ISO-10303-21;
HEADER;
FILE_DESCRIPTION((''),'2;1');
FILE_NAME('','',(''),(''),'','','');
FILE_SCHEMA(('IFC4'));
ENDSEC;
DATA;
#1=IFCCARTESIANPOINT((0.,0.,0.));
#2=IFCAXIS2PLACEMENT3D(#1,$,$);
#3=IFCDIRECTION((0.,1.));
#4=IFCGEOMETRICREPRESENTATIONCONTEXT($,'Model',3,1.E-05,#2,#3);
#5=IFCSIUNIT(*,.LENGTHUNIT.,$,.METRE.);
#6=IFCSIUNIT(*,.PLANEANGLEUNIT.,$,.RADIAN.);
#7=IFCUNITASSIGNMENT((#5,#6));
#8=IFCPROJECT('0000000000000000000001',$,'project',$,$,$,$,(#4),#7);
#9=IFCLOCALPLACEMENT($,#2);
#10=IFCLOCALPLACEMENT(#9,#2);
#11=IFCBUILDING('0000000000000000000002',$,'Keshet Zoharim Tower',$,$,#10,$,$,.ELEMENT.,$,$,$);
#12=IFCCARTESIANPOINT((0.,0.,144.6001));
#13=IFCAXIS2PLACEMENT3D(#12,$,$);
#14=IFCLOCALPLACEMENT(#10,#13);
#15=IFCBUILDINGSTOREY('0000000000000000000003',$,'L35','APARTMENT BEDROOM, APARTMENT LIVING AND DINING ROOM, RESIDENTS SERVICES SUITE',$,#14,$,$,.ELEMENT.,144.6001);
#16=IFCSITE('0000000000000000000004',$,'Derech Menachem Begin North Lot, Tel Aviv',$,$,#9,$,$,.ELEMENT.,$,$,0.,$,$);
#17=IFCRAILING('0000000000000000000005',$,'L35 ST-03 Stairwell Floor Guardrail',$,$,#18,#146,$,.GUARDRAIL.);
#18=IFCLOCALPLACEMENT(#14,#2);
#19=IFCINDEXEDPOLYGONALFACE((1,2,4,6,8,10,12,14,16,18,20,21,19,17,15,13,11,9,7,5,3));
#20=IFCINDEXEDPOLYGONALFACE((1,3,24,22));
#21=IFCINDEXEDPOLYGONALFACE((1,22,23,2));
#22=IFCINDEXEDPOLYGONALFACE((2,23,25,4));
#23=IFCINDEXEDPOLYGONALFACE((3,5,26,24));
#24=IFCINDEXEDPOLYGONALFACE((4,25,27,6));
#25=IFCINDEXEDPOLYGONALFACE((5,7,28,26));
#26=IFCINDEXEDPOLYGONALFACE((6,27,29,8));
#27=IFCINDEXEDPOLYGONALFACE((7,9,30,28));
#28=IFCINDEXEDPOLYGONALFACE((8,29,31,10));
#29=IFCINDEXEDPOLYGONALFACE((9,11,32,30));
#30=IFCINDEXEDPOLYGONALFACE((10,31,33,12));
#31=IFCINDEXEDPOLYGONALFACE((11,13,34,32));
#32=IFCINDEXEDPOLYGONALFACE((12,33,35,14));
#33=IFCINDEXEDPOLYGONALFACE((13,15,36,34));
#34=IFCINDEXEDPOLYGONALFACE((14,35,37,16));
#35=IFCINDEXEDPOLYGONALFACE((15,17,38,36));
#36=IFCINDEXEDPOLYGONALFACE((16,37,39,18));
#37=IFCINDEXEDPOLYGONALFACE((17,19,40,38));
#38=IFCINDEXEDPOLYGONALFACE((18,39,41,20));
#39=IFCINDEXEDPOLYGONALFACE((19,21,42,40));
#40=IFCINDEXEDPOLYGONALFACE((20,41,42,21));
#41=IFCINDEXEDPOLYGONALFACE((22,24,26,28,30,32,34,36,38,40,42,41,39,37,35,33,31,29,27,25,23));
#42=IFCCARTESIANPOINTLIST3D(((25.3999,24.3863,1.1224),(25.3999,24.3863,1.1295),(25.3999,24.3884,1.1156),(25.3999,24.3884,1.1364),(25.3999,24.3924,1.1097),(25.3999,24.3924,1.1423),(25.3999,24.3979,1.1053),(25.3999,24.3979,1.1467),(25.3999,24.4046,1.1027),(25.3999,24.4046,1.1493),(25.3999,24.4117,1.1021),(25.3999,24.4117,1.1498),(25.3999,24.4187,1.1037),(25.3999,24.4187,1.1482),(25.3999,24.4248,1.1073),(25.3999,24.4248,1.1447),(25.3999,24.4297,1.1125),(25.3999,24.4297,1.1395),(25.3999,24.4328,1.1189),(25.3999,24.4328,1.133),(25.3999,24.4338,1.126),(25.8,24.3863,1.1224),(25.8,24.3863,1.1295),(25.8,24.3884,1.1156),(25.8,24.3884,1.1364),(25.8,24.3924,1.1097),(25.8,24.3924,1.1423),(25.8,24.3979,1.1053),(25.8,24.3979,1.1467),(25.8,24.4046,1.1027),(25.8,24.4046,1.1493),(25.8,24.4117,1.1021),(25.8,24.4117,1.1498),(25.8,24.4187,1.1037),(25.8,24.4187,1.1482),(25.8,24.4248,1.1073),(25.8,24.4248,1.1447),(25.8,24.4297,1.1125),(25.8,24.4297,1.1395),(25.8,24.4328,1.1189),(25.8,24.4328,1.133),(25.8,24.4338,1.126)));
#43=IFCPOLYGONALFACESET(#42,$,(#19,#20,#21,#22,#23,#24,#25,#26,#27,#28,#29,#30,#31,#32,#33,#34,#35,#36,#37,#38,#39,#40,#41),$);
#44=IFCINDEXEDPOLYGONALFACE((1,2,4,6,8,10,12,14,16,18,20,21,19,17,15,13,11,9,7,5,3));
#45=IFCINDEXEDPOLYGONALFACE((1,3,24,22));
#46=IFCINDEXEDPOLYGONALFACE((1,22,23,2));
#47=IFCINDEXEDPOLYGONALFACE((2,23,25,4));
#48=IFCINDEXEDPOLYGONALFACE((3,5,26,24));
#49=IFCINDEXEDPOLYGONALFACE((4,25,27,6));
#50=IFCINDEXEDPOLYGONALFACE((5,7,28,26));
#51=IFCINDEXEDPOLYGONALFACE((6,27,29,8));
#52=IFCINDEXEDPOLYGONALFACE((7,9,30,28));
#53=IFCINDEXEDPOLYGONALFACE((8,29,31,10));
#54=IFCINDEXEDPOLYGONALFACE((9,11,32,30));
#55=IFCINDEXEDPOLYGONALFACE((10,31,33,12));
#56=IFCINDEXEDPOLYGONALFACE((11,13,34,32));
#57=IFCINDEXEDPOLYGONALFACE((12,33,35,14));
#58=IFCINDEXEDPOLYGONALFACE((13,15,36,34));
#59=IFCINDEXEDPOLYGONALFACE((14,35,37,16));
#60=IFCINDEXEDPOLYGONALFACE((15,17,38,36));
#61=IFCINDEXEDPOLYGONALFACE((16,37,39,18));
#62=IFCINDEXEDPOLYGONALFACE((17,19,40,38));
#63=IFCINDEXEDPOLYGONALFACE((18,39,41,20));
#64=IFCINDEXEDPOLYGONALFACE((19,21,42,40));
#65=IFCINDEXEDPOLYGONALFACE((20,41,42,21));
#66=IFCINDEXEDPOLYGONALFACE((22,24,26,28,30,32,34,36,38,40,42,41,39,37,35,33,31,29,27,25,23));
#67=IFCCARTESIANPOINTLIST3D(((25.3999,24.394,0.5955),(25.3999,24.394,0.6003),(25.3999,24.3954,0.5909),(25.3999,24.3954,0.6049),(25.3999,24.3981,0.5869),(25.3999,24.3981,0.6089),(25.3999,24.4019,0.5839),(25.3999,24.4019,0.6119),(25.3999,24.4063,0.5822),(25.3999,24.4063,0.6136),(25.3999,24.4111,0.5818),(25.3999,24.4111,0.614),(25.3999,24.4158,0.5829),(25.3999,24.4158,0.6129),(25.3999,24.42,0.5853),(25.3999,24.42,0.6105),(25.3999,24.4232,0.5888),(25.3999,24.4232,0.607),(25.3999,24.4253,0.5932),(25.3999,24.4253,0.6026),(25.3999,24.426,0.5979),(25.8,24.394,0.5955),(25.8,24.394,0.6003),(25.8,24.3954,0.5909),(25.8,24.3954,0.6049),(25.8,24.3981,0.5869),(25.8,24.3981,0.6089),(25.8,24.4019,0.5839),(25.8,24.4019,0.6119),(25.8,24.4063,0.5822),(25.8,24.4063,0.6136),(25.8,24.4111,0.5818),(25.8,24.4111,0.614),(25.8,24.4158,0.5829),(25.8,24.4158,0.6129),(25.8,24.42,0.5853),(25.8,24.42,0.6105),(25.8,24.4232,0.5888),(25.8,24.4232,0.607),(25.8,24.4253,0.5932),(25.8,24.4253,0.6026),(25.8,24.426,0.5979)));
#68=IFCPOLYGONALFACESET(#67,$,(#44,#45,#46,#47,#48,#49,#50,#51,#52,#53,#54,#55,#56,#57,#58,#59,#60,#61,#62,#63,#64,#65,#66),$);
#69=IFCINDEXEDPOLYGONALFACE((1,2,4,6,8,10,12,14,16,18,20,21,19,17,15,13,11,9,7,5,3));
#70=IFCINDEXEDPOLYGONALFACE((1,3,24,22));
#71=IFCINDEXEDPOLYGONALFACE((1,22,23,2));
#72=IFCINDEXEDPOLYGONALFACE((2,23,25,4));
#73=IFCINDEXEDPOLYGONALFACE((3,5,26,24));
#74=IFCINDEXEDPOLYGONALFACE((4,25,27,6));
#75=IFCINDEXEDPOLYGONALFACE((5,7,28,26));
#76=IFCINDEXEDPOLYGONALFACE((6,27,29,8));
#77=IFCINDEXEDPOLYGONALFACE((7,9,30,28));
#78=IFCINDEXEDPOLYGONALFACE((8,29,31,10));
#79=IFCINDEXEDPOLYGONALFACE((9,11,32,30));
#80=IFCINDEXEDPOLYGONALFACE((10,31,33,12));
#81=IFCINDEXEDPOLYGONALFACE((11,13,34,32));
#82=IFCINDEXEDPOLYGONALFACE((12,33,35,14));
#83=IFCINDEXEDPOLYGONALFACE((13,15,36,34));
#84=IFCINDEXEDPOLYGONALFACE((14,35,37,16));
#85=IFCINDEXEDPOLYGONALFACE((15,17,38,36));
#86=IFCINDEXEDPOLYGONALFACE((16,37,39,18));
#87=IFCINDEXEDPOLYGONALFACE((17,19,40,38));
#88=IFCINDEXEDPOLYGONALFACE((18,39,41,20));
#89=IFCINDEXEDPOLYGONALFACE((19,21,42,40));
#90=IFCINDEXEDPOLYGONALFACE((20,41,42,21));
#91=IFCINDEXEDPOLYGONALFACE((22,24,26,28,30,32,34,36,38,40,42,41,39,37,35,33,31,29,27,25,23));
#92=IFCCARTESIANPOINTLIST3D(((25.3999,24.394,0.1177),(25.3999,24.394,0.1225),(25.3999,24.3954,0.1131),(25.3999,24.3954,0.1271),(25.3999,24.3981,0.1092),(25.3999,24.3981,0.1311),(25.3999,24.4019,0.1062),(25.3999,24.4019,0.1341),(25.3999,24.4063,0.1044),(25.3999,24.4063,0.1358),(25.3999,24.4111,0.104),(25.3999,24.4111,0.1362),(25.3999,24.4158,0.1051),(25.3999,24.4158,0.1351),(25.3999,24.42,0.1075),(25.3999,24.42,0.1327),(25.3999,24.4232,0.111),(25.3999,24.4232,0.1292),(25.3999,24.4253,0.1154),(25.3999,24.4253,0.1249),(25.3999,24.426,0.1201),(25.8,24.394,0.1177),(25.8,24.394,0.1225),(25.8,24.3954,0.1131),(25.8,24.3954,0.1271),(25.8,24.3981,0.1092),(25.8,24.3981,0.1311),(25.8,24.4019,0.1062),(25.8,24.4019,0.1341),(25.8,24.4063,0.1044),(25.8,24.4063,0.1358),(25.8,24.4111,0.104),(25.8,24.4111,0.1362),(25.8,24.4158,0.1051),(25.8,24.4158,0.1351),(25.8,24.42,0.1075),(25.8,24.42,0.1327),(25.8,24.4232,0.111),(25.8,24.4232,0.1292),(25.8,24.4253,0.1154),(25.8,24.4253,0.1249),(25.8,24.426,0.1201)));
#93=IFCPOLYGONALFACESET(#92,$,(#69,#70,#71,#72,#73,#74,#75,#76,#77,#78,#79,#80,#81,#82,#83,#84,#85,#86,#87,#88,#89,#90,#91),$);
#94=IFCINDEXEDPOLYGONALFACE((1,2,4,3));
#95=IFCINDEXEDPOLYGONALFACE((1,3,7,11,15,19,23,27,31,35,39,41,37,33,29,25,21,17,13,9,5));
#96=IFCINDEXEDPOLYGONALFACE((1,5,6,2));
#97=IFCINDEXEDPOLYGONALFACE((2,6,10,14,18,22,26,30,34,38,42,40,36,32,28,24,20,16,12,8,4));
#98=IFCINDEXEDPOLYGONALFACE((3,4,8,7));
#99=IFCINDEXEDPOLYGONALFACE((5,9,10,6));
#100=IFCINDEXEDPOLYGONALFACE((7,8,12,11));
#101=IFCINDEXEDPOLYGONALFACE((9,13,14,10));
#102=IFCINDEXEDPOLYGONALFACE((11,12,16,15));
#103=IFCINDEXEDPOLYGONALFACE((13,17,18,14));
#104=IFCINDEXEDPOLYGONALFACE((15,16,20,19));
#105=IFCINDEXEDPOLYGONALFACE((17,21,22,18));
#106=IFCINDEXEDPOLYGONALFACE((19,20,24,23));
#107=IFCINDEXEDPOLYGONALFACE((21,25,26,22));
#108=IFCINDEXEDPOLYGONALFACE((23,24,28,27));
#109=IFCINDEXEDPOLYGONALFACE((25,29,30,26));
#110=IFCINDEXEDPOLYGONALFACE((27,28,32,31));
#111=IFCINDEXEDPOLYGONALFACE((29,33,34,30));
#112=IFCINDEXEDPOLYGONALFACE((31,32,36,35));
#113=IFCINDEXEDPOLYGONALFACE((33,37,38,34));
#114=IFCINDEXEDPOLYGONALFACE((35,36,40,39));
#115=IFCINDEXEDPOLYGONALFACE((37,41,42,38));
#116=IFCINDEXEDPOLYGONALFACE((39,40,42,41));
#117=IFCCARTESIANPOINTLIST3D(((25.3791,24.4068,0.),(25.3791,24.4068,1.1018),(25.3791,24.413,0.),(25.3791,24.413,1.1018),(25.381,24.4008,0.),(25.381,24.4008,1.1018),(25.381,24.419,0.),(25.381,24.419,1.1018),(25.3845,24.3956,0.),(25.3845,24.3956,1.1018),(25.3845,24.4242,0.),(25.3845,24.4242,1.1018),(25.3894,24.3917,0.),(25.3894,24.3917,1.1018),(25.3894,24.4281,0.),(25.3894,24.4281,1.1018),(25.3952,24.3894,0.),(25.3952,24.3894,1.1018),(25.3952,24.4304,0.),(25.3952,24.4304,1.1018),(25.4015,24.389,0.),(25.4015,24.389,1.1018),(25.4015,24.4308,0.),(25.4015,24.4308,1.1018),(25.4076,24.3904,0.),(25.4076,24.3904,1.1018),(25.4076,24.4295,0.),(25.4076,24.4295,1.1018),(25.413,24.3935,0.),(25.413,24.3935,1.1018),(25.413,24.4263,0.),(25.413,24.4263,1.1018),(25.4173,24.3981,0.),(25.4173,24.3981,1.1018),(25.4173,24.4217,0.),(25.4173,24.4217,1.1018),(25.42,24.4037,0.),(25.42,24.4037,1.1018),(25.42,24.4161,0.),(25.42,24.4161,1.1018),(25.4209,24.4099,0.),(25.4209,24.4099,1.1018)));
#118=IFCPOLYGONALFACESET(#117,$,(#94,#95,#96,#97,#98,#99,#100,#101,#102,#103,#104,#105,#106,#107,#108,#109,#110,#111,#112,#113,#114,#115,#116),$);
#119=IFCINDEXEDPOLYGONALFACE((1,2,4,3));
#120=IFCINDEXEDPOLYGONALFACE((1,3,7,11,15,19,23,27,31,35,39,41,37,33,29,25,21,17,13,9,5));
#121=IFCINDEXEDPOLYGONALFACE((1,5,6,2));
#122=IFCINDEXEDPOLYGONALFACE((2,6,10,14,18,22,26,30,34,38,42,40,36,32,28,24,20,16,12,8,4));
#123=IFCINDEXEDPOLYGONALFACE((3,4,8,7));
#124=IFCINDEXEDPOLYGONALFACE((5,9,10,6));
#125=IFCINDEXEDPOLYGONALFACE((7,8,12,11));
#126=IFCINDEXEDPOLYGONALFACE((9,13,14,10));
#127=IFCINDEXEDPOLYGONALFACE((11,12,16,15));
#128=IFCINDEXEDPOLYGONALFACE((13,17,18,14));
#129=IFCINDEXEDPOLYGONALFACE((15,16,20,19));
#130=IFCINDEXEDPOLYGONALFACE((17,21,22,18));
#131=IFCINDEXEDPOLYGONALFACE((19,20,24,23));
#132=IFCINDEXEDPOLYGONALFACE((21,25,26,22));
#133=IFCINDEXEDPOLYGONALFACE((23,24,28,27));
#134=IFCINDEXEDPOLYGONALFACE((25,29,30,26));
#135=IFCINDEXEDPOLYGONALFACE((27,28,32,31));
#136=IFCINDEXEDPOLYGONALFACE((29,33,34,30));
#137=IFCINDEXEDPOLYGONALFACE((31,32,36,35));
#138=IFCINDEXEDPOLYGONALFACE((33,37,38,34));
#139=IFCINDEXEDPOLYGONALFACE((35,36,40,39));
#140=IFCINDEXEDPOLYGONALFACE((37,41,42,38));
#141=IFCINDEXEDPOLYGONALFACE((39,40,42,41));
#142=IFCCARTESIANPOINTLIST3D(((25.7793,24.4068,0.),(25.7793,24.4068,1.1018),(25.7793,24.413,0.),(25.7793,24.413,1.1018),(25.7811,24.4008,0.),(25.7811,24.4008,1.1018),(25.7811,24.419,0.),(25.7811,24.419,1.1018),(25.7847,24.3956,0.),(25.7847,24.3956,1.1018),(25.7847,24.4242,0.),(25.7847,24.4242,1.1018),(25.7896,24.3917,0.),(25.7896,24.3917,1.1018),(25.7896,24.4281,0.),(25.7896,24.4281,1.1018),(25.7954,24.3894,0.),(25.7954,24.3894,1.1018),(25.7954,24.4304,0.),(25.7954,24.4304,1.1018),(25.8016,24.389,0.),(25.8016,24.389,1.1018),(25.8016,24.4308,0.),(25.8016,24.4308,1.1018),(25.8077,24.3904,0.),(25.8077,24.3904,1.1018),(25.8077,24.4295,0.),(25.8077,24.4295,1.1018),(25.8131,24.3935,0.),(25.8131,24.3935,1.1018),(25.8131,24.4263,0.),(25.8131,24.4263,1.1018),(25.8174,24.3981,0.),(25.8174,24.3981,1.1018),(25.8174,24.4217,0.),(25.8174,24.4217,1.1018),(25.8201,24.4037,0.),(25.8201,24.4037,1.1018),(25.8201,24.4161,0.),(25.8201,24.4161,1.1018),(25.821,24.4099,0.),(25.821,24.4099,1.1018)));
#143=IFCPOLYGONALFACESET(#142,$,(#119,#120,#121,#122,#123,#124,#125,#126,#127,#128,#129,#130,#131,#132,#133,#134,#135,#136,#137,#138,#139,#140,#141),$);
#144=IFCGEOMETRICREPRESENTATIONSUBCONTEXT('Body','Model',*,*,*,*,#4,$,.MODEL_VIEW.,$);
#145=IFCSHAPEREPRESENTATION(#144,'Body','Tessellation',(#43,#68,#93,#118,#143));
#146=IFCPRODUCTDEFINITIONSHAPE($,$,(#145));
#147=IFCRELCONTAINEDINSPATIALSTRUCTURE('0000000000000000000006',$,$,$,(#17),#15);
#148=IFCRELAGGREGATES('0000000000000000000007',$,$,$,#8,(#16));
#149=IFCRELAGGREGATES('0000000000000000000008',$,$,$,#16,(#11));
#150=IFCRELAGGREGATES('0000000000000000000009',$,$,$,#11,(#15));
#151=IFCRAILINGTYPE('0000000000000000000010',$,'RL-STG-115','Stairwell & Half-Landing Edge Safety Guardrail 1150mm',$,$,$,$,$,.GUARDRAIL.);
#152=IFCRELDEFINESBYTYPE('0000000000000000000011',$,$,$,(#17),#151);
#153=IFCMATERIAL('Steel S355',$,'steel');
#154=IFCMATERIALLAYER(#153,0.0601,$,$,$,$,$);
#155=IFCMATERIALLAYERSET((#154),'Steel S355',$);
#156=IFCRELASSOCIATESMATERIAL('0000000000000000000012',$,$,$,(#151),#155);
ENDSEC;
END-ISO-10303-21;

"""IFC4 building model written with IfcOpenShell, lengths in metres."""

from ifc_helpers import new_model, si_unit, direction, frame, origin, origin_2d, place, context, subcontext, project, spatial, circle, extrude, material, layer, layer_set, type_object, element, save


model = new_model("IFC4")

# Units and contexts
model_context = context("Model", 3, precision=1e-05, world=origin(), true_north=direction((0.0, 1.0)))
body_context = subcontext(model_context, "Body", "Model", "MODEL_VIEW")
ifc_project = project(units=[si_unit("LENGTHUNIT", "METRE"), si_unit("PLANEANGLEUNIT", "RADIAN")], contexts=[model_context])

# Site, building, storey
site_placement = place(None, origin())
site = spatial("IfcSite", under=ifc_project, at=site_placement, Name="Derech Menachem Begin North Lot, Tel Aviv", CompositionType="ELEMENT", RefElevation=0.0)
building_placement = place(site_placement, origin())
building = spatial("IfcBuilding", under=site, at=building_placement, Name="Keshet Zoharim Tower", CompositionType="ELEMENT")
storey_placement = place(building_placement, frame((0.0, 0.0, 144.6001)))
storey = spatial("IfcBuildingStorey", under=building, at=storey_placement, Name="L35", Description="APARTMENT BEDROOM, APARTMENT LIVING AND DINING ROOM, RESIDENTS SERVICES SUITE", CompositionType="ELEMENT", Elevation=144.6001)

# Railing
ifc_material_1 = material(Name="Steel S355", Category="steel")
ifc_layer_1 = layer(ifc_material_1, 0.0601)
ifc_layer_set_1 = layer_set([ifc_layer_1], Name="Steel S355")
railing_type_1 = type_object("IfcRailingType", Name="RL-STG-115", Description="Stairwell & Half-Landing Edge Safety Guardrail 1150mm", PredefinedType="GUARDRAIL", material=ifc_layer_set_1)
railing_1_placement = place(storey_placement, frame((25.3999, 24.4099, 0.0)))
element("IfcRailing", 1, at=railing_1_placement, inside=storey, type_object=railing_type_1, Name="L35 ST-03 Stairwell Floor Guardrail", PredefinedType="GUARDRAIL", context=body_context, shape_type="SweptSolid", body=[
    extrude(circle(Radius=0.0239, at=origin_2d()), frame((0.0, 0.0, 1.126), z_axis=(1.0, 0.0, 0.0), x_axis=(0.0, 1.0, 0.0)), (0.0, 0.0, 1.0), 0.4001),
    extrude(circle(Radius=0.0161, at=origin_2d()), frame((0.0, 0.0, 0.5979), z_axis=(1.0, 0.0, 0.0), x_axis=(0.0, 1.0, 0.0)), (0.0, 0.0, 1.0), 0.4001),
    extrude(circle(Radius=0.0161, at=origin_2d()), frame((0.0, 0.0, 0.1201), z_axis=(1.0, 0.0, 0.0), x_axis=(0.0, 1.0, 0.0)), (0.0, 0.0, 1.0), 0.4001),
    extrude(circle(Radius=0.021, at=origin_2d()), origin(), (0.0, 0.0, 1.0), 1.1018),
    extrude(circle(Radius=0.021, at=origin_2d()), frame((0.4001, 0.0, 0.0)), (0.0, 0.0, 1.0), 1.1018),
])

save(model, "model.ifc")
